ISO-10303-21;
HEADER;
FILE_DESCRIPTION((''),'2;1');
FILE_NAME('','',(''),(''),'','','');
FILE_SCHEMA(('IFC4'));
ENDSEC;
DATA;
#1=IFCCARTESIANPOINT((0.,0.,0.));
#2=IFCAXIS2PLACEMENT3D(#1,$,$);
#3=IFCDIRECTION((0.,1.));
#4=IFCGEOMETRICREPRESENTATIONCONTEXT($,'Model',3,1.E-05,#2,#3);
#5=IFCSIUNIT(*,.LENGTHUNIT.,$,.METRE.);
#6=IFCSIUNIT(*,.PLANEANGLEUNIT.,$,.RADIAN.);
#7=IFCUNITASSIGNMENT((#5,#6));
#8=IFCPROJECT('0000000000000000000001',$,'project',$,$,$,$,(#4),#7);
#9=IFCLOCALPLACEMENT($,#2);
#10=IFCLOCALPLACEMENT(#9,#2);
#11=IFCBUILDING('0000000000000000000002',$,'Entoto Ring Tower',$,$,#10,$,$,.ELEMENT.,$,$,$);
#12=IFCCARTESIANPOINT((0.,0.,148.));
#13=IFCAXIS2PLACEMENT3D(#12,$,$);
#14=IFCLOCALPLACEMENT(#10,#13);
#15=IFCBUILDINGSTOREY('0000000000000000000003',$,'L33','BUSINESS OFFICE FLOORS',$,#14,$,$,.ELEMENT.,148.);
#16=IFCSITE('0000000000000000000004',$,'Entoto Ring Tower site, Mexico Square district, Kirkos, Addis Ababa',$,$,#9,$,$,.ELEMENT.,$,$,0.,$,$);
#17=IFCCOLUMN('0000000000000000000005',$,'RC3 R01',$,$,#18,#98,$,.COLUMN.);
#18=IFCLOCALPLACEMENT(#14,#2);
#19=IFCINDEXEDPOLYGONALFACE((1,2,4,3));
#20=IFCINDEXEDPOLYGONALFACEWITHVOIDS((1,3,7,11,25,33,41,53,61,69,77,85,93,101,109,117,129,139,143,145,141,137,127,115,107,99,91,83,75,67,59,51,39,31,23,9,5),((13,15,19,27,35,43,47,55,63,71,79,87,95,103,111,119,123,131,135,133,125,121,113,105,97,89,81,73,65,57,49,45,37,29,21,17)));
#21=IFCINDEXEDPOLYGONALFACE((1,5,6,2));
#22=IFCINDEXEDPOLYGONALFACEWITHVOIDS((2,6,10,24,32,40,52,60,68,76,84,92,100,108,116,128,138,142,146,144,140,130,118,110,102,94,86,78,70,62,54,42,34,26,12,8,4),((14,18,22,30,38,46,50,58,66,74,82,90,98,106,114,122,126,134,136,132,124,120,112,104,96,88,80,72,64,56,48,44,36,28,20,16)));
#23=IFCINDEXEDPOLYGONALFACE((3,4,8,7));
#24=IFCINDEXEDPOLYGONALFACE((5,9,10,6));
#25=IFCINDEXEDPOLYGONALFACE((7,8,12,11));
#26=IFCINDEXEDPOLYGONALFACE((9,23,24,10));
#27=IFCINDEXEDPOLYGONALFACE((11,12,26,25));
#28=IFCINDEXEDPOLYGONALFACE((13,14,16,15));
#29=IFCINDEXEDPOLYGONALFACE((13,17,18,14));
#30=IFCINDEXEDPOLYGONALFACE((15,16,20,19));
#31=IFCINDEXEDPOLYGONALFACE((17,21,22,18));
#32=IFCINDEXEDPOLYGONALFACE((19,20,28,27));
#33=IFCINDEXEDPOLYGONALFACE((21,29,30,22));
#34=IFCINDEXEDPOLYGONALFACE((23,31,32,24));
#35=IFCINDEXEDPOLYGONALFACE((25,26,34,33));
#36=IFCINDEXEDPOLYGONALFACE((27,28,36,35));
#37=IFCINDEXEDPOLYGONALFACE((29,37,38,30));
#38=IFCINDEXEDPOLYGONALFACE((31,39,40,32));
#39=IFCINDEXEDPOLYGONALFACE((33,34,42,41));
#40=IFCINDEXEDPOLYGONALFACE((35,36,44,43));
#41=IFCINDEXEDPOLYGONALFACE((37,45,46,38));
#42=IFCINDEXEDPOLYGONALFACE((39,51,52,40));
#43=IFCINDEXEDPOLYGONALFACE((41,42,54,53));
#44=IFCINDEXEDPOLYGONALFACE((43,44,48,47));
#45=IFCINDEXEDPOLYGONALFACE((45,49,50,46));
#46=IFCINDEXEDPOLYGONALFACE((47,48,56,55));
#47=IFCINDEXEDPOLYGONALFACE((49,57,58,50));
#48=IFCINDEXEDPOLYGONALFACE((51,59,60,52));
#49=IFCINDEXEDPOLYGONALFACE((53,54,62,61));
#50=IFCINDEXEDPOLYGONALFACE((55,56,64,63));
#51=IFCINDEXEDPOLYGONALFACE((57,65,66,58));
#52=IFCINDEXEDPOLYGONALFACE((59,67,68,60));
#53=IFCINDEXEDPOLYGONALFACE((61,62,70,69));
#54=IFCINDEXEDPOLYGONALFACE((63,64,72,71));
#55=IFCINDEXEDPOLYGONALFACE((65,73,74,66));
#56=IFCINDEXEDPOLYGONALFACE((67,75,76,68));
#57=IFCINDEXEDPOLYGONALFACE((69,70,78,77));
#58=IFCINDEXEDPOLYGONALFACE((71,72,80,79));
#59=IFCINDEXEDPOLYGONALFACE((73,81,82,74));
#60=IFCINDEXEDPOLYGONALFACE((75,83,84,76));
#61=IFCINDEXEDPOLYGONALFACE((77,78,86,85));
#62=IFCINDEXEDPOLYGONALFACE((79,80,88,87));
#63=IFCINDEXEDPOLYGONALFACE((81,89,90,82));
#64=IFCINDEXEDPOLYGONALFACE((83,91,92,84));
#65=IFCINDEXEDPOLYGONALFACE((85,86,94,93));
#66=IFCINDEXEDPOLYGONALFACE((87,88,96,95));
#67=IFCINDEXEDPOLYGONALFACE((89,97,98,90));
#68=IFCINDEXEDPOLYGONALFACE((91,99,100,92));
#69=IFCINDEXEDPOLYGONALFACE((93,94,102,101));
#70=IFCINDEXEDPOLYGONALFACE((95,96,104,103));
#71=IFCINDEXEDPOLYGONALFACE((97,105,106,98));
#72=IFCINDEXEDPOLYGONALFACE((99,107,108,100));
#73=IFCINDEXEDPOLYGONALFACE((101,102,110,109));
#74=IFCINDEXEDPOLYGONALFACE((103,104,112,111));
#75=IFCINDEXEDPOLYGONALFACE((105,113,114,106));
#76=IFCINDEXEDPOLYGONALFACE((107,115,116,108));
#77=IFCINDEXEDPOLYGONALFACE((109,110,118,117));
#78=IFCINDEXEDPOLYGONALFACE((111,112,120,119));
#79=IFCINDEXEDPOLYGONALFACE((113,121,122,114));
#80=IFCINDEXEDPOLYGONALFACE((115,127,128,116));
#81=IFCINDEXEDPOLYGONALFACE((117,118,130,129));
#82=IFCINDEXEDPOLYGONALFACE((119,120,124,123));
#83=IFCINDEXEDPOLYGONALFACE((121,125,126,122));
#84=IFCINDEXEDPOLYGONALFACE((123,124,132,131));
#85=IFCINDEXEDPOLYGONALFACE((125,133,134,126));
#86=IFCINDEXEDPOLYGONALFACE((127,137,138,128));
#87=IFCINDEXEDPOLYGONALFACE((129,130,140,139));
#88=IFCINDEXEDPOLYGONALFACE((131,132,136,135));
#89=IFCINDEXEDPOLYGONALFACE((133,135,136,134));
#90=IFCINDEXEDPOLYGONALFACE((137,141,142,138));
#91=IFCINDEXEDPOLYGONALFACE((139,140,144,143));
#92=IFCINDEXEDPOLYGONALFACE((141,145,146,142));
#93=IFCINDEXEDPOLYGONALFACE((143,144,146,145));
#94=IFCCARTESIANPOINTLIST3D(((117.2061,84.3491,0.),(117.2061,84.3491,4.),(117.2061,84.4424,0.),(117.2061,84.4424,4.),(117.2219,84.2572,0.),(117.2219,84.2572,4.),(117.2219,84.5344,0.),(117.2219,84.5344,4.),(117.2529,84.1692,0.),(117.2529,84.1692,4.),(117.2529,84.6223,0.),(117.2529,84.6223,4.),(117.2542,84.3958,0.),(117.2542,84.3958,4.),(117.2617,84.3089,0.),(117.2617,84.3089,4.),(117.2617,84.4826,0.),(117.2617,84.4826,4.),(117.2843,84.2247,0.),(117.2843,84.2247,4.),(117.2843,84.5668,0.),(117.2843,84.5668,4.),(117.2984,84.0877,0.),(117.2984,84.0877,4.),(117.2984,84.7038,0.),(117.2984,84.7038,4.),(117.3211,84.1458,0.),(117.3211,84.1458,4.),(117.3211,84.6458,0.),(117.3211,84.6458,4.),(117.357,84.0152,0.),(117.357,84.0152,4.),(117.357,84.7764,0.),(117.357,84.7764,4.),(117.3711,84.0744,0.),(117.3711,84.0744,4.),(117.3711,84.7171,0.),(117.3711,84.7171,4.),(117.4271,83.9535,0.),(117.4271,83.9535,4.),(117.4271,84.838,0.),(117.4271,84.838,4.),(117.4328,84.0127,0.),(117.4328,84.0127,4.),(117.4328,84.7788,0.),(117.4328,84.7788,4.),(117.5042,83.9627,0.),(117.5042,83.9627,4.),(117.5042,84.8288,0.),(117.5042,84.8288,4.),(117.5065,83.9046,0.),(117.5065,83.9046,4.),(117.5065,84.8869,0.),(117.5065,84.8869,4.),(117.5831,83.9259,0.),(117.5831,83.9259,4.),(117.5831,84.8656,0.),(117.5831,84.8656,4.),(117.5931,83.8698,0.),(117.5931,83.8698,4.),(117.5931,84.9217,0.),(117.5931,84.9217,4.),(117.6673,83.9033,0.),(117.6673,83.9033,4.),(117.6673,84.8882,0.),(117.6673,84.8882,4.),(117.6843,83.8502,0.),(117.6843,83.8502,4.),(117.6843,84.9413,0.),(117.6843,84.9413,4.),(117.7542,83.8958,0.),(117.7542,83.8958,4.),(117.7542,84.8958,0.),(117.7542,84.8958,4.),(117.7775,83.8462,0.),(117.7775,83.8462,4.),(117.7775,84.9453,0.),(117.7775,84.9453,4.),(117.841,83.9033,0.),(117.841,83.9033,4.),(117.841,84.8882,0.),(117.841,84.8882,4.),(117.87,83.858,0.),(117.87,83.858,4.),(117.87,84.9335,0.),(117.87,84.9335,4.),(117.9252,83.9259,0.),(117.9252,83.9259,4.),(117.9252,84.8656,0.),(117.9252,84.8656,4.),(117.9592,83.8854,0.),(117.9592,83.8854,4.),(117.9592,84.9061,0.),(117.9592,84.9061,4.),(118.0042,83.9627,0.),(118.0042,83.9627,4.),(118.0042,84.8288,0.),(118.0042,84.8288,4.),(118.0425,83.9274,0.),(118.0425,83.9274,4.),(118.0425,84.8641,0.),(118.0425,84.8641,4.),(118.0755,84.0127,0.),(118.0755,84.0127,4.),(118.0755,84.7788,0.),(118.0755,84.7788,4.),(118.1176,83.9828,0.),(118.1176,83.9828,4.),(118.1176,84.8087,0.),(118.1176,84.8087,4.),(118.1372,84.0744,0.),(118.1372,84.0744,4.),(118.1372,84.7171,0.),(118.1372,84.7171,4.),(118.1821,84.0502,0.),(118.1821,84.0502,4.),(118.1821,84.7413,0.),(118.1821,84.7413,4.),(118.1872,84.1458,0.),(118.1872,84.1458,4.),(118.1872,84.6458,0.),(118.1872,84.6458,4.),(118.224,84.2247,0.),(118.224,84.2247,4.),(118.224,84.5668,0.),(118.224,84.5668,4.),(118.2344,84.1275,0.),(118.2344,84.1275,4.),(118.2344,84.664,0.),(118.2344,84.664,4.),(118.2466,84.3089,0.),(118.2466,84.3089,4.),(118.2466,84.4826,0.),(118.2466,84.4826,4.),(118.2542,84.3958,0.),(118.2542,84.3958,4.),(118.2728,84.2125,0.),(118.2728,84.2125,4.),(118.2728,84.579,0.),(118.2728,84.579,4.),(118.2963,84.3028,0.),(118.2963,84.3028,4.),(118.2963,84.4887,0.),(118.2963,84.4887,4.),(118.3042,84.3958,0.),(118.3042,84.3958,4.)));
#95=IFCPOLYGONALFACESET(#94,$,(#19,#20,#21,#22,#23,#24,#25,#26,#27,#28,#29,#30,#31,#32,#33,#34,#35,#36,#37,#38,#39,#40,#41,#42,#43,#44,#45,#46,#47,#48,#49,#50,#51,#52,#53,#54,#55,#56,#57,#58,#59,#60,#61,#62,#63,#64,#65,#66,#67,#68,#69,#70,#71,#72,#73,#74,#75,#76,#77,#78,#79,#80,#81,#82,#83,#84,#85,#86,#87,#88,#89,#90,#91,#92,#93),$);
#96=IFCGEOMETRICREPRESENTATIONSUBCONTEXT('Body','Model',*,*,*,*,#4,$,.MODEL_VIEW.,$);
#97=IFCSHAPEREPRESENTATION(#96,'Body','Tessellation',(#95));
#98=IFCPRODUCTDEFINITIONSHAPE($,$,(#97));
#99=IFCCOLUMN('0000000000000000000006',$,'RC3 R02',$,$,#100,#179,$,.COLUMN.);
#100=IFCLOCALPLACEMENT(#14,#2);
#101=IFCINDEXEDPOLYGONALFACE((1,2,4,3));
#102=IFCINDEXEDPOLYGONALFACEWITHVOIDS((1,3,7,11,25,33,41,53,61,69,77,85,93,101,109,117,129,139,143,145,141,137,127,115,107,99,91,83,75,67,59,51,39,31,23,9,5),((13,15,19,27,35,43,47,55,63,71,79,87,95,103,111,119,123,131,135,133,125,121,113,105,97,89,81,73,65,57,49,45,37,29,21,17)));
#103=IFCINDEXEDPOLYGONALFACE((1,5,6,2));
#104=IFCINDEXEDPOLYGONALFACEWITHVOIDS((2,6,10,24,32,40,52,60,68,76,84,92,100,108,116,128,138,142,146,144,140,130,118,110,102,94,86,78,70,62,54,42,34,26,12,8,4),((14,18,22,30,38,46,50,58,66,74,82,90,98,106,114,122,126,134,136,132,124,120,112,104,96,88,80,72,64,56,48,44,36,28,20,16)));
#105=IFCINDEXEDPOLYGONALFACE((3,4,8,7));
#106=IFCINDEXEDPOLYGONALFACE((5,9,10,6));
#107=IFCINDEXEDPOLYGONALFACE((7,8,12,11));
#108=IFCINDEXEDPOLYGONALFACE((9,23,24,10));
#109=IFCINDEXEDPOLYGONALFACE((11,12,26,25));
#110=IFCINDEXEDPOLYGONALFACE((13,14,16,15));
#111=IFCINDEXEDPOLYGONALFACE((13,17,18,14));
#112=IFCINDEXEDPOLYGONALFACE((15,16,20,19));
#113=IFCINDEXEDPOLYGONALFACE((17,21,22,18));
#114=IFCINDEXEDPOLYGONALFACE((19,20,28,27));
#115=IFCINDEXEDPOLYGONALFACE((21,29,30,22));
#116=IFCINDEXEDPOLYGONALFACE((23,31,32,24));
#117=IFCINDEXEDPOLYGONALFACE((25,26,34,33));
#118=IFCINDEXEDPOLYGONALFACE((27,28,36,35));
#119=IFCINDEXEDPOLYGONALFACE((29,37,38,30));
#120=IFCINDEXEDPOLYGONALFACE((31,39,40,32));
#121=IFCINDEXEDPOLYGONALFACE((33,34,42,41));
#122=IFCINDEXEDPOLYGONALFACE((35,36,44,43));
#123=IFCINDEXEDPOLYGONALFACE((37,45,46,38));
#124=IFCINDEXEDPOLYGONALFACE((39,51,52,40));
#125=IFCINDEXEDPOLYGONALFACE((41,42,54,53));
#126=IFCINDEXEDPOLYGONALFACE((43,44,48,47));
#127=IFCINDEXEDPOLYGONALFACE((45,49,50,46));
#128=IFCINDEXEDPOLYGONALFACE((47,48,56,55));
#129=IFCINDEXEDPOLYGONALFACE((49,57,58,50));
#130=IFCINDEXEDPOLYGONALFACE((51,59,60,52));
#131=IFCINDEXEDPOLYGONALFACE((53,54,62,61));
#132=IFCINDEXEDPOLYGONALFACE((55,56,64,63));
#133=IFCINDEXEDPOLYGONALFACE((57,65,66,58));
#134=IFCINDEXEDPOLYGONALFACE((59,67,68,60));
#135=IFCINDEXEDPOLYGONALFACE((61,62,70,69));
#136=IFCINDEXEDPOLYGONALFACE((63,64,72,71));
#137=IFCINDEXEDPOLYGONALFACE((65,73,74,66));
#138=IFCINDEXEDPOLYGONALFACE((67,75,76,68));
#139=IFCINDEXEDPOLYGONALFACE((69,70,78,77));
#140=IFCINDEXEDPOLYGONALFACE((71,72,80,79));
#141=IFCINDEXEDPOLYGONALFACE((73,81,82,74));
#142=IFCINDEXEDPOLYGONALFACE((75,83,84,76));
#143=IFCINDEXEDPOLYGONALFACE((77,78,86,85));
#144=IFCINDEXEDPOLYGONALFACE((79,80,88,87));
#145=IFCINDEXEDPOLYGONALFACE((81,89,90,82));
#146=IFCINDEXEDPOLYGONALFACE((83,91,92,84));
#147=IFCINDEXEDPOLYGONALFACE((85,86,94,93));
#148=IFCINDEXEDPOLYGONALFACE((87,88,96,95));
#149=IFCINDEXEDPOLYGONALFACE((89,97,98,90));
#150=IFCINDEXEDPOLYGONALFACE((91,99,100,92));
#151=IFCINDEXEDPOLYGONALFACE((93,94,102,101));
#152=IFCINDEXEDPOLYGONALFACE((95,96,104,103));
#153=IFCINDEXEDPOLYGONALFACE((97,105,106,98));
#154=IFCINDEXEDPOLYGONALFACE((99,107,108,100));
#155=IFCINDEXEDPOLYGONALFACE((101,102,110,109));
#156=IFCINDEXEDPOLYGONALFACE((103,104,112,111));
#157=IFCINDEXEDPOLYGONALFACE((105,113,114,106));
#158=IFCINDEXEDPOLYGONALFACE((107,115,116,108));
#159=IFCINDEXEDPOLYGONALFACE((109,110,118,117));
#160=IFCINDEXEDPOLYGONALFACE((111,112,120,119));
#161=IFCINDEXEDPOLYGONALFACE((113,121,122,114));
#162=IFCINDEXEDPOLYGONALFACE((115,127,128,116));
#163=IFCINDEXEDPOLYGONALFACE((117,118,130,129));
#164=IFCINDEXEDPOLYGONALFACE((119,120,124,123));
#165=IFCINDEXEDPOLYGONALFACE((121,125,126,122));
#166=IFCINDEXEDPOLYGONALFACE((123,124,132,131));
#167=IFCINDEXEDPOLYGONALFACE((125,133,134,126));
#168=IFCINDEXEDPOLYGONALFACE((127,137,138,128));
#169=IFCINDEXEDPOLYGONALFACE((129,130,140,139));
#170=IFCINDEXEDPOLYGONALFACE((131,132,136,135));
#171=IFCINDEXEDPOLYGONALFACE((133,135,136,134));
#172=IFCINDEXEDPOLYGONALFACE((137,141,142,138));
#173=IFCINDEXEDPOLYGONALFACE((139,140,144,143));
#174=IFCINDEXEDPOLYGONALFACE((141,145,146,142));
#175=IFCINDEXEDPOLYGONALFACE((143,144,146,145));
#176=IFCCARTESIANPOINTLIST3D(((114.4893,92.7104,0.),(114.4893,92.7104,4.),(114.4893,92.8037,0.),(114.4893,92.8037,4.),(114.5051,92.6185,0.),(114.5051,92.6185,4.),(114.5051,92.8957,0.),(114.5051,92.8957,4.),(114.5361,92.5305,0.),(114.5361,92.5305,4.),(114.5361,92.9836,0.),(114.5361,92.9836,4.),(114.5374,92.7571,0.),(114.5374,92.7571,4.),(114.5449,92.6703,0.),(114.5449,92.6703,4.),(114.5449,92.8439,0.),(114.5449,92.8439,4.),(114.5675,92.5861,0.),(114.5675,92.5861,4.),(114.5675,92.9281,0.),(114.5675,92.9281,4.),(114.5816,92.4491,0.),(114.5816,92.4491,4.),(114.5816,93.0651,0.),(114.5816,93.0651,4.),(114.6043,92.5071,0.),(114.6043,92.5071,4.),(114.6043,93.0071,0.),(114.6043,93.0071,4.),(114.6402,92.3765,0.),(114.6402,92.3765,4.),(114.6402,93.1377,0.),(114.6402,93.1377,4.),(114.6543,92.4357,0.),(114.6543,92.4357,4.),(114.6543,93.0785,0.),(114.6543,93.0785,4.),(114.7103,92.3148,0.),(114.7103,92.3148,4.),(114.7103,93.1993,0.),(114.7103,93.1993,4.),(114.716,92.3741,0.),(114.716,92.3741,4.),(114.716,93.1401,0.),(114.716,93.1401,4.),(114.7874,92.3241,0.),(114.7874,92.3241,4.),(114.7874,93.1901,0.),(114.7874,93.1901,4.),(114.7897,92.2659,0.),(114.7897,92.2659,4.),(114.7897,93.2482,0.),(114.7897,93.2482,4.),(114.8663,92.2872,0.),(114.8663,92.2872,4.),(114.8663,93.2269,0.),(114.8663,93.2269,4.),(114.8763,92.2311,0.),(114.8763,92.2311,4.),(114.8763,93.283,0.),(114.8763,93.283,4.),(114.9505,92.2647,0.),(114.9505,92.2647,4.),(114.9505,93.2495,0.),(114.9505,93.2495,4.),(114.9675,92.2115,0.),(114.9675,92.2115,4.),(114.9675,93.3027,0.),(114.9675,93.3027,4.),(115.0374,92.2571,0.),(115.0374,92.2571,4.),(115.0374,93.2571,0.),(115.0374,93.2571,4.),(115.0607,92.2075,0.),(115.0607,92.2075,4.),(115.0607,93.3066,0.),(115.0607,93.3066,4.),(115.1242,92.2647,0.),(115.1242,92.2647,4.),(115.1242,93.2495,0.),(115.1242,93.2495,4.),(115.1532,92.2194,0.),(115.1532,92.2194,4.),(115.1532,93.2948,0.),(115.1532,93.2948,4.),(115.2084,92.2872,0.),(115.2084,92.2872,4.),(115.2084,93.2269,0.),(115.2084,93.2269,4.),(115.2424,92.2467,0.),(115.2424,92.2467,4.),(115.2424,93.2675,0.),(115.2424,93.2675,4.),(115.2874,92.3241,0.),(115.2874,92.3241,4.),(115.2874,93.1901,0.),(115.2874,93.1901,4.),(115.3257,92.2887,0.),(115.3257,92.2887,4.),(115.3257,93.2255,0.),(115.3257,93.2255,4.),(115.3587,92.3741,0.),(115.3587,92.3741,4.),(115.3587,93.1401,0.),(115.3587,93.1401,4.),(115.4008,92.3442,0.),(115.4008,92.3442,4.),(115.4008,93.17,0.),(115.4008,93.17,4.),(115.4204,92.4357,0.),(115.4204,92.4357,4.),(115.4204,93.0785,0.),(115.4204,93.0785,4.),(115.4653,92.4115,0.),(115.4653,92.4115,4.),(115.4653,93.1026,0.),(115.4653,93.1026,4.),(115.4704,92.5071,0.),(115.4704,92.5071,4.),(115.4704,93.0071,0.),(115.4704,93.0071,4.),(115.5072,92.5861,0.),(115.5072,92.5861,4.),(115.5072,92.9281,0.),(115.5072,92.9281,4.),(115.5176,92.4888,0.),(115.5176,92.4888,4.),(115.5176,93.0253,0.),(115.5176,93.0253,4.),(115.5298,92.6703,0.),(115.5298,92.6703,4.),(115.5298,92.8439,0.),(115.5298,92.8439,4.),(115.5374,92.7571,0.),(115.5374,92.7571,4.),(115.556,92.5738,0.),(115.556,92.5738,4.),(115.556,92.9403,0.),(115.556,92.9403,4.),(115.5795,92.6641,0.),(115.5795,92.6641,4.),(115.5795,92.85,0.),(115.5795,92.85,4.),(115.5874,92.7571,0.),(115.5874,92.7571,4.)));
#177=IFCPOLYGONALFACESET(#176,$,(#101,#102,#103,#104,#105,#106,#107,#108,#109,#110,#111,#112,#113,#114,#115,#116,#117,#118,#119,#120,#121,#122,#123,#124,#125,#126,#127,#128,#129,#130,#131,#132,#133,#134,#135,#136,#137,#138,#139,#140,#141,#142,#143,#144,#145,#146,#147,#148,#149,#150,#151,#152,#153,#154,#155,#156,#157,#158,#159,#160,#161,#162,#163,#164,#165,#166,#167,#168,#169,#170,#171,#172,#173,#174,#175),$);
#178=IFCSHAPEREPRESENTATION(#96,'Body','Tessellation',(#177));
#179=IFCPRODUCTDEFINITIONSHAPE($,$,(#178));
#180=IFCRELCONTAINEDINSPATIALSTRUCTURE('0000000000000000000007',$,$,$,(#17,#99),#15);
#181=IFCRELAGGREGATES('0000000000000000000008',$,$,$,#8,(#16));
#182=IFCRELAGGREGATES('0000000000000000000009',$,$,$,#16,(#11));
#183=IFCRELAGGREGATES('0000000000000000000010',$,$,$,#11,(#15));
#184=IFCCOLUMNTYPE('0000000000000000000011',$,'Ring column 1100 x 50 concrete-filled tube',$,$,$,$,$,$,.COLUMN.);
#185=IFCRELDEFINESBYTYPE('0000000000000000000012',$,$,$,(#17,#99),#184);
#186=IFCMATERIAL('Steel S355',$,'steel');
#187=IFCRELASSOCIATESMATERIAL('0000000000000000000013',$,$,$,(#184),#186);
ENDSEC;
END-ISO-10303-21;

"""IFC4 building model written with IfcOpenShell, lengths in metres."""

from ifc_helpers import new_model, si_unit, direction, frame, origin, origin_2d, place, context, subcontext, project, spatial, circle, hollow_circle, extrude, material, material_profile, profile_set, type_object, element, save


model = new_model("IFC4")

# Units and contexts
model_context = context("Model", 3, precision=1e-05, world=origin(), true_north=direction((0.0, 1.0)))
body_context = subcontext(model_context, "Body", "Model", "MODEL_VIEW")
ifc_project = project(units=[si_unit("LENGTHUNIT", "METRE"), si_unit("PLANEANGLEUNIT", "RADIAN")], contexts=[model_context])

# Site, building, storey
site_placement = place(None, origin())
site = spatial("IfcSite", under=ifc_project, at=site_placement, Name="Entoto Ring Tower site, Mexico Square district, Kirkos, Addis Ababa", CompositionType="ELEMENT", RefElevation=0.0)
building_placement = place(site_placement, origin())
building = spatial("IfcBuilding", under=site, at=building_placement, Name="Entoto Ring Tower", CompositionType="ELEMENT")
storey_placement = place(building_placement, frame((0.0, 0.0, 148.0)))
storey = spatial("IfcBuildingStorey", under=building, at=storey_placement, Name="L33", Description="BUSINESS OFFICE FLOORS", CompositionType="ELEMENT", Elevation=148.0)

# Columns
ifc_material_1 = material(Name="Steel S355", Category="steel")
ifc_material_profile_1 = material_profile(ifc_material_1, hollow_circle(Radius=0.55, WallThickness=0.05, at=origin_2d()), Name="CHS 1100 x 50")
ifc_material_2 = material(Name="Concrete C60/75", Category="concrete")
ifc_material_profile_2 = material_profile(ifc_material_2, circle(Radius=0.5, at=origin_2d()), Name="Concrete C60/75 infill")
ifc_profile_set_1 = profile_set([ifc_material_profile_1, ifc_material_profile_2], Name="Steel S355")
column_type = type_object("IfcColumnType", Name="Ring column 1100 x 50 concrete-filled tube", PredefinedType="COLUMN", material=ifc_profile_set_1)
for number, where, z_axis, x_axis, name in (
    (1, (117.7542, 84.3958, 0.0), (0.0, 0.0, 1.0), (1.0, 0.0, 0.0), "RC3 R01"),
    (2, (115.0374, 92.7571, 0.0), (0.0, 0.0, 1.0), (1.0, 0.0, 0.0), "RC3 R02"),
):
    element("IfcColumn", number, at=place(storey_placement, frame(where, z_axis=z_axis, x_axis=x_axis)), inside=storey, type_object=column_type, Name=name, PredefinedType="COLUMN", context=body_context, shape_type="SweptSolid", body=[
        extrude(hollow_circle(Radius=0.55, WallThickness=0.05, at=origin_2d()), origin(), (0.0, 0.0, 1.0), 4.0),
    ])

save(model, "model.ifc")
